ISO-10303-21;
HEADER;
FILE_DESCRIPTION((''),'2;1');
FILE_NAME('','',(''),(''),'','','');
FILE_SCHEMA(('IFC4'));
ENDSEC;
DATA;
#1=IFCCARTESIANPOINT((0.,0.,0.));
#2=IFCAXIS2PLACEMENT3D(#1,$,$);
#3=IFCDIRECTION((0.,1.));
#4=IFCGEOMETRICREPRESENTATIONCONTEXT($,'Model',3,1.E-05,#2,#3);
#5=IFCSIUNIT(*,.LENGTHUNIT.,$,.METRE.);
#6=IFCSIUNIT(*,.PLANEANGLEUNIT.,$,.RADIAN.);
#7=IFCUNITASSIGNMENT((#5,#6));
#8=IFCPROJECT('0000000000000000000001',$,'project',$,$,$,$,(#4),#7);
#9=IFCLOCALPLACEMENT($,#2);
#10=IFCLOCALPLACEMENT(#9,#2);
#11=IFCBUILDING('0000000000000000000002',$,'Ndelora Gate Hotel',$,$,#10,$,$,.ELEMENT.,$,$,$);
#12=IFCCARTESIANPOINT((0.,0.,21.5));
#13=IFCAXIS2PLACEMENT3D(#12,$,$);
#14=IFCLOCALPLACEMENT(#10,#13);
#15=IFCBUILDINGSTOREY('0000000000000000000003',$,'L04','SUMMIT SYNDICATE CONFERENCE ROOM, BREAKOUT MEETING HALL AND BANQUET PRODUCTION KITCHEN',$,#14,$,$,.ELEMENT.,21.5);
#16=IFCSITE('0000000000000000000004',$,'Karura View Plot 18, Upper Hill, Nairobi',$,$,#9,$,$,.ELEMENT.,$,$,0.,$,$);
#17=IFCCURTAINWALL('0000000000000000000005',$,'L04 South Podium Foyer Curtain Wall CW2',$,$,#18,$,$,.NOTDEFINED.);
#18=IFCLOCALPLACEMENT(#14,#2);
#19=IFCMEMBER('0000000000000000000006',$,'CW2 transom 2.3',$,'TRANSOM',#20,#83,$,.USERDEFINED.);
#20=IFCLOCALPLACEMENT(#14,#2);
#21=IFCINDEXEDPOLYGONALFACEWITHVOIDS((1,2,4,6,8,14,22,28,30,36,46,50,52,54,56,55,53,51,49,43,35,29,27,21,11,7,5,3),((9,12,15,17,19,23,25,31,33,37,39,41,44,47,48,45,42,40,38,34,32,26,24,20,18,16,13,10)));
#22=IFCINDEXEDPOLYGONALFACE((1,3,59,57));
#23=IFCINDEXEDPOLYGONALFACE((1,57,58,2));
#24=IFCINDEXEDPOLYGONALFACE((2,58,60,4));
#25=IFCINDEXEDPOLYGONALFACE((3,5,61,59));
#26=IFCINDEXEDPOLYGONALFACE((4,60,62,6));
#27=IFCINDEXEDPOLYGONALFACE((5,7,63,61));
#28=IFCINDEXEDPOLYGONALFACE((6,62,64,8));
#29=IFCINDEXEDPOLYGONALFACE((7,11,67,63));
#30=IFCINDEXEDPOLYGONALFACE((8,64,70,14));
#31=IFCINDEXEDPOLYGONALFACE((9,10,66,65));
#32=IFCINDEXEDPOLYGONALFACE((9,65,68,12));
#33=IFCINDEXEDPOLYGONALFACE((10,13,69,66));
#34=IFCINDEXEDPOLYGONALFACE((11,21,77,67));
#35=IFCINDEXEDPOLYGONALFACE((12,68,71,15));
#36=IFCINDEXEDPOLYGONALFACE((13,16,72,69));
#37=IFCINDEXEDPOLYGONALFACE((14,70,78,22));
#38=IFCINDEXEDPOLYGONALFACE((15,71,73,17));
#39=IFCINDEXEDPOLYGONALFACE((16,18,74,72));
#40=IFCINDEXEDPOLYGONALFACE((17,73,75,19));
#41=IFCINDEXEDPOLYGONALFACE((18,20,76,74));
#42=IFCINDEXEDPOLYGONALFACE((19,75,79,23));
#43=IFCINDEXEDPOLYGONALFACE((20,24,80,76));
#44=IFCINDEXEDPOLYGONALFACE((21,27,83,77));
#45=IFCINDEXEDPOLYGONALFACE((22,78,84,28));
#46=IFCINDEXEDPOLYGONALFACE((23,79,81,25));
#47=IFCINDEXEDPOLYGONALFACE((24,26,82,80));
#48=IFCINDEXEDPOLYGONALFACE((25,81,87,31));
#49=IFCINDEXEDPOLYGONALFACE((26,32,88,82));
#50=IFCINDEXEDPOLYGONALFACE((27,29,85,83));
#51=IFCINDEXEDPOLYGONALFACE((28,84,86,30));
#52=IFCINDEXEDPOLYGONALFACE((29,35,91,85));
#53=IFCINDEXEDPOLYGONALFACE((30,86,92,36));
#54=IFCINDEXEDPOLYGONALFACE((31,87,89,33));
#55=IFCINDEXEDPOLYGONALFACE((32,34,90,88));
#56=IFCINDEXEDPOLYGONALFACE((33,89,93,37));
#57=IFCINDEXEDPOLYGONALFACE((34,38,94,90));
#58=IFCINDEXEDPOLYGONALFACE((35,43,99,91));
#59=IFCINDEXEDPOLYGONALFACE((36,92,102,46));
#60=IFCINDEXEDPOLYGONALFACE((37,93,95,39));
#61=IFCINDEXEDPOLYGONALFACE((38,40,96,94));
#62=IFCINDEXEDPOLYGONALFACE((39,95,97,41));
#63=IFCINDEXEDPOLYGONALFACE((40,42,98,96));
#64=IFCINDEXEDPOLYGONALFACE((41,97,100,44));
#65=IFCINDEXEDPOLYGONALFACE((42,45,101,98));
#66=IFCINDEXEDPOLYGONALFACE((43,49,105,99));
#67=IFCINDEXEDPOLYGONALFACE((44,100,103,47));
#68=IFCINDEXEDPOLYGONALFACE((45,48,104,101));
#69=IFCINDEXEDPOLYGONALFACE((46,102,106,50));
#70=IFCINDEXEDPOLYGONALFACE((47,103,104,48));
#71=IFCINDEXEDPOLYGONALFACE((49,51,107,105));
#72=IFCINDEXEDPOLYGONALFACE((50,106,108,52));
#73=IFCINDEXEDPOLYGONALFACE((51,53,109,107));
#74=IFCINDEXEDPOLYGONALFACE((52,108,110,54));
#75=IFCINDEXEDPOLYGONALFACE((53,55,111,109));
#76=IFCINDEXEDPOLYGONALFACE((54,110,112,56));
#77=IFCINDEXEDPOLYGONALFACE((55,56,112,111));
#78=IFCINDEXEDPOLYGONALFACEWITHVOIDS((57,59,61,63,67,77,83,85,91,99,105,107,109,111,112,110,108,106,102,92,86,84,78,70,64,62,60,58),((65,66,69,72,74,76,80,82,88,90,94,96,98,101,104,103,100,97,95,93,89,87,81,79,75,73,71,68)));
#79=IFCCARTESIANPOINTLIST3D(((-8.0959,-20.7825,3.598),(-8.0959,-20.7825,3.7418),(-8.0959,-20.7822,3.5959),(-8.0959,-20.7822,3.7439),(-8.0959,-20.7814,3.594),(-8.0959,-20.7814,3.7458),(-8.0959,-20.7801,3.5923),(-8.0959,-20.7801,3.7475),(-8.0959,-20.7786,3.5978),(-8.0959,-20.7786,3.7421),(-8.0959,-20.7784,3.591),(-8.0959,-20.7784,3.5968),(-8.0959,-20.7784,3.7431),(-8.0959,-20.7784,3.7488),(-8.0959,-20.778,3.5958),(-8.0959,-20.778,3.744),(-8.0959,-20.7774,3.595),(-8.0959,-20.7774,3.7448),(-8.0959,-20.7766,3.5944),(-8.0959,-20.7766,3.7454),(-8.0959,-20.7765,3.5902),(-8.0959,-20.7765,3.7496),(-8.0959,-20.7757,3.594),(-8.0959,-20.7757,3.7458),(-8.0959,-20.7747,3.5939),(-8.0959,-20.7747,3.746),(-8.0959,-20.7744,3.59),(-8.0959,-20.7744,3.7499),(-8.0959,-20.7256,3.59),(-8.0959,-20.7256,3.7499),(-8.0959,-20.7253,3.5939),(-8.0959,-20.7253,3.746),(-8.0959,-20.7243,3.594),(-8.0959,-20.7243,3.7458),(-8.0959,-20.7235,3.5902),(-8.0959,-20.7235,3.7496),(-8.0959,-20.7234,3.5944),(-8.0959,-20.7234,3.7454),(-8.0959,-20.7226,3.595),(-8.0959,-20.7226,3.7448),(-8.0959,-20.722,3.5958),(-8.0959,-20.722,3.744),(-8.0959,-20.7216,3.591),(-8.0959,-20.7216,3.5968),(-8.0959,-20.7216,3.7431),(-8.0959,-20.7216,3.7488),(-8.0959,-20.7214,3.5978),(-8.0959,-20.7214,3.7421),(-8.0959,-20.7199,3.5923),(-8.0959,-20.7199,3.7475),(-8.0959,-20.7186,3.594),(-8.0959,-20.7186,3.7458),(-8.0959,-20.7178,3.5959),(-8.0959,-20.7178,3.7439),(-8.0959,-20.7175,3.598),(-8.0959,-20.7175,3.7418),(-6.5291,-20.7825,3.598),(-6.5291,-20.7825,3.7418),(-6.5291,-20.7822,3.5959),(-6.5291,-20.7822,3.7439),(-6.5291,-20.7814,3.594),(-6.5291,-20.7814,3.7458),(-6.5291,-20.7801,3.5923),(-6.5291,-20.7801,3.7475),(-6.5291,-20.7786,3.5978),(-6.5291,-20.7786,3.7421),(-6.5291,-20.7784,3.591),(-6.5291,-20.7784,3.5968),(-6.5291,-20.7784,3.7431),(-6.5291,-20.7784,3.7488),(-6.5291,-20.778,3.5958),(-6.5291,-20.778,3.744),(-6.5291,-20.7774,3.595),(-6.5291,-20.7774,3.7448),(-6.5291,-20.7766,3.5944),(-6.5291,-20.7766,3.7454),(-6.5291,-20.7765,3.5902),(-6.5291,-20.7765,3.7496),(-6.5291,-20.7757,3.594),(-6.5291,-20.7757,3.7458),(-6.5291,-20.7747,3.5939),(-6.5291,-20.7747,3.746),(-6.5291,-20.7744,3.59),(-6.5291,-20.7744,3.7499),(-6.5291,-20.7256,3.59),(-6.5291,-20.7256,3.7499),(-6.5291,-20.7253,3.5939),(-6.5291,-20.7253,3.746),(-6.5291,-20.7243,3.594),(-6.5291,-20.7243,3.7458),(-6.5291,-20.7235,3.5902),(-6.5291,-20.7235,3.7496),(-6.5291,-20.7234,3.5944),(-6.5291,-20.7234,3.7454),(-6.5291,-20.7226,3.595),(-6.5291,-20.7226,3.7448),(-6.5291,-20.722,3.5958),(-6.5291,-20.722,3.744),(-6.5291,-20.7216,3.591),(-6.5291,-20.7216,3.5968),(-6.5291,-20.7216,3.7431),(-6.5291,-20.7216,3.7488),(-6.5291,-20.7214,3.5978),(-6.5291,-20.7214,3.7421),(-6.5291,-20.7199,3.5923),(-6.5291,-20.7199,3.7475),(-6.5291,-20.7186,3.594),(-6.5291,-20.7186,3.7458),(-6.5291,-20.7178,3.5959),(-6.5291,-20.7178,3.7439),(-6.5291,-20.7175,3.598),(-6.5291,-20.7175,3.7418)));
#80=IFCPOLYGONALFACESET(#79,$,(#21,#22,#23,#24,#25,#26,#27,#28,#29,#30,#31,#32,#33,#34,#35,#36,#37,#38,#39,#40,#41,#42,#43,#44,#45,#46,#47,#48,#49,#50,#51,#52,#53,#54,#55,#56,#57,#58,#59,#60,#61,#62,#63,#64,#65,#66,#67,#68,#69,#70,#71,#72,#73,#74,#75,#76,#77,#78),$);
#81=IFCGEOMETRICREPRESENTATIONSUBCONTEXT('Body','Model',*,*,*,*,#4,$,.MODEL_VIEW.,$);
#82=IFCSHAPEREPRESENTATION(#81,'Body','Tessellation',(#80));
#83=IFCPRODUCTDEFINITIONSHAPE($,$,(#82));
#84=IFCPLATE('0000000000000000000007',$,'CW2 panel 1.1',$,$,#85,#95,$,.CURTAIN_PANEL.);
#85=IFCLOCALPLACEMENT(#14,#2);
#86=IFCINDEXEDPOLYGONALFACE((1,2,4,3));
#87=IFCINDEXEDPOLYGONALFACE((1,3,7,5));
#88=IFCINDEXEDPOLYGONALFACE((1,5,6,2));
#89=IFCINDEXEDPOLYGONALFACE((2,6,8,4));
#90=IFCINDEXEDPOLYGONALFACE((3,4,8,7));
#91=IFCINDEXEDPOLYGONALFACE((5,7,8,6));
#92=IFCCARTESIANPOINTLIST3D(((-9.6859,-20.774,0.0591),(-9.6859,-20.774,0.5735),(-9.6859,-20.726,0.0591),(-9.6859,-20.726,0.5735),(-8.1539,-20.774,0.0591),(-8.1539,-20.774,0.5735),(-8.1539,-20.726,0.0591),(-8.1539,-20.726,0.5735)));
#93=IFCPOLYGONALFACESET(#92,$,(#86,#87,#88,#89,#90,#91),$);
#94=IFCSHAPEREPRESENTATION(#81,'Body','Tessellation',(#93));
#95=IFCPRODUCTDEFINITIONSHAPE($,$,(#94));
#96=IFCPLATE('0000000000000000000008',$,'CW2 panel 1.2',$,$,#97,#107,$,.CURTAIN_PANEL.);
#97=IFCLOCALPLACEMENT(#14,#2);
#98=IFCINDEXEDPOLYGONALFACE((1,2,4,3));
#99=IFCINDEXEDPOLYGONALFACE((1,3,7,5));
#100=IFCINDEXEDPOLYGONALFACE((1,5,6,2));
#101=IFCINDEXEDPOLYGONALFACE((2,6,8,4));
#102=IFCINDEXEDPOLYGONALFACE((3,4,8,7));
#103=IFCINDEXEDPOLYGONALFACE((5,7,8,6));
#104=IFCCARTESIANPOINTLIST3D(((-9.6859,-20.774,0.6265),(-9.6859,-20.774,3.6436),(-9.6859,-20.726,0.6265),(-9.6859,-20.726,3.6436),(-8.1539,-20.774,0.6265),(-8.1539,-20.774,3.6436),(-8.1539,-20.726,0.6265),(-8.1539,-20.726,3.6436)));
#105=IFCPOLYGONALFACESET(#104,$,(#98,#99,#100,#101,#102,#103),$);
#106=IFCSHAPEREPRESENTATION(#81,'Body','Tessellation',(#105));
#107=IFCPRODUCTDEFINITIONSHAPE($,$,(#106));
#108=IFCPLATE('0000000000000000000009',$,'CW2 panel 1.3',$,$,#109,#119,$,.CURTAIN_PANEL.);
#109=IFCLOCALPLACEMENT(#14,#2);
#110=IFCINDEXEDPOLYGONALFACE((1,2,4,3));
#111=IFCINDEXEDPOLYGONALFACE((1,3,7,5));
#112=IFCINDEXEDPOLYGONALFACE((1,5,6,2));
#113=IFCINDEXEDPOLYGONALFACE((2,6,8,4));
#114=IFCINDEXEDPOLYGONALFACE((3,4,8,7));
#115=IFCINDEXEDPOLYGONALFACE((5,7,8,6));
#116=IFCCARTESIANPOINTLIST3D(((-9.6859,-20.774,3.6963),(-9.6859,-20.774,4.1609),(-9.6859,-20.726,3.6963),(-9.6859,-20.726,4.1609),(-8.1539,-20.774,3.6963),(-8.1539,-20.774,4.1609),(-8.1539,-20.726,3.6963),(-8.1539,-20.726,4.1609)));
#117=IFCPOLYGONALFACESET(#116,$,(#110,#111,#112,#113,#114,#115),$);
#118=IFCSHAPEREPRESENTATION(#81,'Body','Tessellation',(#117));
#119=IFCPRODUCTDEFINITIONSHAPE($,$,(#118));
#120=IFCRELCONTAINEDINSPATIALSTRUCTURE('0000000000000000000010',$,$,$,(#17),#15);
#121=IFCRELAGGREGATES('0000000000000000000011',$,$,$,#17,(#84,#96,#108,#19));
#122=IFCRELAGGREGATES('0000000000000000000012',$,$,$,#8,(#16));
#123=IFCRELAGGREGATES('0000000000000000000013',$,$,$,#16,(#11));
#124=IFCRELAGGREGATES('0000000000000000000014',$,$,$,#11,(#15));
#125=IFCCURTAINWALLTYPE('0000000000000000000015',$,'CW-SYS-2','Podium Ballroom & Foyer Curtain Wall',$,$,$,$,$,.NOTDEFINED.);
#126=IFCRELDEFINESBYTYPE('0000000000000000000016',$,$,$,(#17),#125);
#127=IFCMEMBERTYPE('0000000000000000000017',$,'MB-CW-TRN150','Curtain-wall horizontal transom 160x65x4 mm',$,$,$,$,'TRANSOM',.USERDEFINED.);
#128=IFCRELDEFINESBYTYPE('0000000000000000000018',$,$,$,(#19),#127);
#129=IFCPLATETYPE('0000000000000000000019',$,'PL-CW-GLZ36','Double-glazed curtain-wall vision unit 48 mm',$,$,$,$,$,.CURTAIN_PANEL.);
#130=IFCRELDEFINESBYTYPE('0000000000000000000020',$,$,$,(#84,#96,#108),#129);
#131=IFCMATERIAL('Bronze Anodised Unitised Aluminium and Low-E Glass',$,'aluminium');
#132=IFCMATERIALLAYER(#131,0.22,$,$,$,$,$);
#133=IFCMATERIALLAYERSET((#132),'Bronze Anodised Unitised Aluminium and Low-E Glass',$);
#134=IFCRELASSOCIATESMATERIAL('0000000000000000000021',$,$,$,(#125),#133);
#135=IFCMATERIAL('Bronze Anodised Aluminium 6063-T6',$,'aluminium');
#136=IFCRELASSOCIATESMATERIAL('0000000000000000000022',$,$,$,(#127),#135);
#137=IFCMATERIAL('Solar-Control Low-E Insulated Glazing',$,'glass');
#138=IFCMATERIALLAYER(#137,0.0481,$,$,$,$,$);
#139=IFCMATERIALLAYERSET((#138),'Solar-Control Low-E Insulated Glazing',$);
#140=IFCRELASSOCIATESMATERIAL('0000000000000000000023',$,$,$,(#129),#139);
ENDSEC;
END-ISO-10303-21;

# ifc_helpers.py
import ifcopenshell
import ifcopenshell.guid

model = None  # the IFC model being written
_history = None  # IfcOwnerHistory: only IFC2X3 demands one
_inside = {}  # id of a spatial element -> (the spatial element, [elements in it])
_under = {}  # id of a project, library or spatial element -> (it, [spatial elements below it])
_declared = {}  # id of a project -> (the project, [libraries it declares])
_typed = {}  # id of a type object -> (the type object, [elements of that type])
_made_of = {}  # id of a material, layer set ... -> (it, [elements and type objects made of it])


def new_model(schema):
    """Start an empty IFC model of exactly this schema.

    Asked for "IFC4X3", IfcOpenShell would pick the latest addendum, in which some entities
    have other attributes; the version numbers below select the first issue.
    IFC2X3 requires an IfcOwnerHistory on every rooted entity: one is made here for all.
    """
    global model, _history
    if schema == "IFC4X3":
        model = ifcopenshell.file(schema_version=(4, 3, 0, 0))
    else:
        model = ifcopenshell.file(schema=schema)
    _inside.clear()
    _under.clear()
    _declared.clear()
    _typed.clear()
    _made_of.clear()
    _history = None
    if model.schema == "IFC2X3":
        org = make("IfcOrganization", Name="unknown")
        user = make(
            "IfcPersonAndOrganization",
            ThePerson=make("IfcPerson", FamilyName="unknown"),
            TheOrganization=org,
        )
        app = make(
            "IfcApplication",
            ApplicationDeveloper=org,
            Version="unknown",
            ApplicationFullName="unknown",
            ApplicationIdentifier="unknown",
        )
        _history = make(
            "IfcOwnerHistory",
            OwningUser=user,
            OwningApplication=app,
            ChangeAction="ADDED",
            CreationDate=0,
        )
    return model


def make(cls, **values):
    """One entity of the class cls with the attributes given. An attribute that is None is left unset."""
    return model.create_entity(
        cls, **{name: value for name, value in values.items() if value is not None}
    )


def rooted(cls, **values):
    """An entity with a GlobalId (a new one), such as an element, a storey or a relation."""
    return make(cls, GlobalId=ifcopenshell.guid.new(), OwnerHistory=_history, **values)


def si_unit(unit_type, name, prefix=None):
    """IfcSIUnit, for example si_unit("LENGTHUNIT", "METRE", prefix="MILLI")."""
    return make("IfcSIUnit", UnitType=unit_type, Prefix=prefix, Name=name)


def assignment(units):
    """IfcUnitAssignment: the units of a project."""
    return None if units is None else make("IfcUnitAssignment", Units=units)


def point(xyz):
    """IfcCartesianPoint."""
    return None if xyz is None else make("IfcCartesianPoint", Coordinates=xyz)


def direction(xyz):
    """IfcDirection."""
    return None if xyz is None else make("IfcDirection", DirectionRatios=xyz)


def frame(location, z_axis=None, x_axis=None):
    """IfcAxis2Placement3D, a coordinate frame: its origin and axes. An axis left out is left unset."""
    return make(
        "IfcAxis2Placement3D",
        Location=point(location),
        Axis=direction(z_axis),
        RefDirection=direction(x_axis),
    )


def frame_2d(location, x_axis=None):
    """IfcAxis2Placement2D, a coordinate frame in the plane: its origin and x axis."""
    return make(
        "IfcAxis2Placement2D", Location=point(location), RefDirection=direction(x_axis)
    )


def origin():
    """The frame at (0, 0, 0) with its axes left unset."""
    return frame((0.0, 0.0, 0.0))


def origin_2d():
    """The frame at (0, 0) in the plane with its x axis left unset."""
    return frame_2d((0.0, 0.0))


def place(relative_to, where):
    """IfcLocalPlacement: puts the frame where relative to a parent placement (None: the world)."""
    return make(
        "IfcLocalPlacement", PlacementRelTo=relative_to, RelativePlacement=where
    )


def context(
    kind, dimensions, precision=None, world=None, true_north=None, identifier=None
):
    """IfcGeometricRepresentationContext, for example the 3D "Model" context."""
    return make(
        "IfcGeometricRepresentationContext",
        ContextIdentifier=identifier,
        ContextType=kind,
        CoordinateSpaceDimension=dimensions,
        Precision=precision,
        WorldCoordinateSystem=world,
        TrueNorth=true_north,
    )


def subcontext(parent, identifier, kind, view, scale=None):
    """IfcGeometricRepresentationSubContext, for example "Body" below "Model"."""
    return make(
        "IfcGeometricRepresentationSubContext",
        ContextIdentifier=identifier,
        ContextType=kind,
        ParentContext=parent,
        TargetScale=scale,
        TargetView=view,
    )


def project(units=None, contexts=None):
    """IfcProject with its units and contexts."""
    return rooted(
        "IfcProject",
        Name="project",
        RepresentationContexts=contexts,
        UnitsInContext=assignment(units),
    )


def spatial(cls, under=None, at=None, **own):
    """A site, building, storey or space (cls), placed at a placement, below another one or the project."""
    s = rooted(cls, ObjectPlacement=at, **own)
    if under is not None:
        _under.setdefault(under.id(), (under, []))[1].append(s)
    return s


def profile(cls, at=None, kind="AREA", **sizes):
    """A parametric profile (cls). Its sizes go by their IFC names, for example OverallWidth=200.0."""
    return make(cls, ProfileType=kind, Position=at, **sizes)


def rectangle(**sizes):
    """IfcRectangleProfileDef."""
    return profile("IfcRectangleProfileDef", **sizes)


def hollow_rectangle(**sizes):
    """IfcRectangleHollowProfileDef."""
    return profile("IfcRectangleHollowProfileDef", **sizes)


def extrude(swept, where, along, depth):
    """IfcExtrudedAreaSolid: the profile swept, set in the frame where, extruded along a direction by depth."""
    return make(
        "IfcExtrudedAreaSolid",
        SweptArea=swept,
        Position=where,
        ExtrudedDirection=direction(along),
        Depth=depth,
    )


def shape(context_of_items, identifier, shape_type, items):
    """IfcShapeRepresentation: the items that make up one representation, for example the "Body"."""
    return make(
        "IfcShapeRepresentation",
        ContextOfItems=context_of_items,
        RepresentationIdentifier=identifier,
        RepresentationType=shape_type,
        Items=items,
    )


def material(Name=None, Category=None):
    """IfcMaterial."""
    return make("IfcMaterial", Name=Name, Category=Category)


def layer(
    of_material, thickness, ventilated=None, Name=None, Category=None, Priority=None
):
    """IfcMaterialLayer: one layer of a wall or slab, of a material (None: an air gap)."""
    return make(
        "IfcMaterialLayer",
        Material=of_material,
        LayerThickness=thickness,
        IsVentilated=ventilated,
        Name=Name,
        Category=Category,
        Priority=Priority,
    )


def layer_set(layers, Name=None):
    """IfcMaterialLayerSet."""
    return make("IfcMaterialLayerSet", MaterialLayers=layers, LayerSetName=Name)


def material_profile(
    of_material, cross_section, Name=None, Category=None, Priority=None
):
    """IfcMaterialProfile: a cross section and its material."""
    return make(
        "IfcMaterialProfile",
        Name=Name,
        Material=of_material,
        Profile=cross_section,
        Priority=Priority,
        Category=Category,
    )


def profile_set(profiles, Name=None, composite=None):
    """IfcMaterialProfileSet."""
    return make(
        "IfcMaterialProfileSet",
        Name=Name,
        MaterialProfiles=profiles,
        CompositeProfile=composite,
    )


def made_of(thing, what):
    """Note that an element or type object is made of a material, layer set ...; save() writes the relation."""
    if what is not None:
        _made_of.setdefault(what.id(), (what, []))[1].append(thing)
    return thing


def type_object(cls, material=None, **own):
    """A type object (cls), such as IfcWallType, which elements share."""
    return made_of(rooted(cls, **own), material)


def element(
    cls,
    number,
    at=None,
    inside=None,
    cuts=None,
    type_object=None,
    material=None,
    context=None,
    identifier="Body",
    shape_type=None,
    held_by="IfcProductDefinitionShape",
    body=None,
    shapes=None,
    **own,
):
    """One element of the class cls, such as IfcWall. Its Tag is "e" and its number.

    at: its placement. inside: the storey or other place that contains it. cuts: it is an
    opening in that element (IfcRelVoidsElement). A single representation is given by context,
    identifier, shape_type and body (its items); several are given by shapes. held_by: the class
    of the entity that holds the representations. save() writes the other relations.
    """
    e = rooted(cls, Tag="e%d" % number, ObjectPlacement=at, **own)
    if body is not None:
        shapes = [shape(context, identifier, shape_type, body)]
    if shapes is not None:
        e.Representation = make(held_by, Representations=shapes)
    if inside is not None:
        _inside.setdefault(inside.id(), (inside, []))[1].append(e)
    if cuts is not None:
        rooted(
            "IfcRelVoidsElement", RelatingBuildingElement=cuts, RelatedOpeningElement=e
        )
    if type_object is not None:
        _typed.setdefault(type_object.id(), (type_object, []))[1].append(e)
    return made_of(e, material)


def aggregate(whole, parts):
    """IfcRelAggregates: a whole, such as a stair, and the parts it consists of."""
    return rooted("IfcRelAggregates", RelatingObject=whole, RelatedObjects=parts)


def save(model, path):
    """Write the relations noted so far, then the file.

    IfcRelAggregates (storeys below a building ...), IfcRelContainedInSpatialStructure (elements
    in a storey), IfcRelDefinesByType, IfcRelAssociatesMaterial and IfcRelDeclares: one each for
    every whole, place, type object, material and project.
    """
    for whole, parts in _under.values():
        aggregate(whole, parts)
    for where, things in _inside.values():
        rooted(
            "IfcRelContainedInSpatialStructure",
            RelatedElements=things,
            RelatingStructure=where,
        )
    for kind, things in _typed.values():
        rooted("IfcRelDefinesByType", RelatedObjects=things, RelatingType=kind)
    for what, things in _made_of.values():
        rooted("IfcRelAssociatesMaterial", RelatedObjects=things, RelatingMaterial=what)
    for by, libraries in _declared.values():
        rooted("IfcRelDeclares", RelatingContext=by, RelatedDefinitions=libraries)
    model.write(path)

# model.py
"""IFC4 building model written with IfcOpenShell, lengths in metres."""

from ifc_helpers import new_model, si_unit, direction, frame, origin, origin_2d, place, context, subcontext, project, spatial, rectangle, hollow_rectangle, extrude, material, layer, layer_set, material_profile, profile_set, type_object, element, aggregate, save


model = new_model("IFC4")

# Units and contexts
model_context = context("Model", 3, precision=1e-05, world=origin(), true_north=direction((0.0, 1.0)))
body_context = subcontext(model_context, "Body", "Model", "MODEL_VIEW")
ifc_project = project(units=[si_unit("LENGTHUNIT", "METRE"), si_unit("PLANEANGLEUNIT", "RADIAN")], contexts=[model_context])

# Site, building, storey
site_placement = place(None, origin())
site = spatial("IfcSite", under=ifc_project, at=site_placement, Name="Karura View Plot 18, Upper Hill, Nairobi", CompositionType="ELEMENT", RefElevation=0.0)
building_placement = place(site_placement, origin())
building = spatial("IfcBuilding", under=site, at=building_placement, Name="Ndelora Gate Hotel", CompositionType="ELEMENT")
storey_placement = place(building_placement, frame((0.0, 0.0, 21.5)))
storey = spatial("IfcBuildingStorey", under=building, at=storey_placement, Name="L04", Description="SUMMIT SYNDICATE CONFERENCE ROOM, BREAKOUT MEETING HALL AND BANQUET PRODUCTION KITCHEN", CompositionType="ELEMENT", Elevation=21.5)

# Curtain wall, member, plates
ifc_material_1 = material(Name="Bronze Anodised Unitised Aluminium and Low-E Glass", Category="aluminium")
ifc_layer_1 = layer(ifc_material_1, 0.22)
ifc_layer_set_1 = layer_set([ifc_layer_1], Name="Bronze Anodised Unitised Aluminium and Low-E Glass")
curtain_wall_type = type_object("IfcCurtainWallType", Name="CW-SYS-2", Description="Podium Ballroom & Foyer Curtain Wall", PredefinedType="NOTDEFINED", material=ifc_layer_set_1)
curtain_wall_placement = place(storey_placement, origin())
curtain_wall = element("IfcCurtainWall", 1, at=curtain_wall_placement, inside=storey, type_object=curtain_wall_type, Name="L04 South Podium Foyer Curtain Wall CW2", PredefinedType="NOTDEFINED")
ifc_material_2 = material(Name="Bronze Anodised Aluminium 6063-T6", Category="aluminium")
ifc_material_profile_1 = material_profile(ifc_material_2, hollow_rectangle(XDim=0.0649, YDim=0.1599, WallThickness=0.0039, InnerFilletRadius=0.0039, OuterFilletRadius=0.0081, at=origin_2d()), Name="ALU 160x65x4")
ifc_profile_set_1 = profile_set([ifc_material_profile_1], Name="Bronze Anodised Aluminium 6063-T6")
member_type_1 = type_object("IfcMemberType", Name="MB-CW-TRN150", Description="Curtain-wall horizontal transom 160x65x4 mm", ElementType="TRANSOM", PredefinedType="USERDEFINED", material=ifc_profile_set_1)
member_1_placement = place(storey_placement, frame((-8.0959, -20.75, 3.6699), z_axis=(1.0, 0.0, 0.0), x_axis=(0.0, 1.0, 0.0)))
member_1 = element("IfcMember", 2, at=member_1_placement, type_object=member_type_1, Name="CW2 transom 2.3", ObjectType="TRANSOM", PredefinedType="USERDEFINED", context=body_context, shape_type="SweptSolid", body=[
    extrude(hollow_rectangle(XDim=0.0649, YDim=0.1599, WallThickness=0.0039, InnerFilletRadius=0.0039, OuterFilletRadius=0.0081, at=origin_2d()), origin(), (0.0, 0.0, 1.0), 1.5669),
])
ifc_material_3 = material(Name="Solar-Control Low-E Insulated Glazing", Category="glass")
ifc_layer_2 = layer(ifc_material_3, 0.0481)
ifc_layer_set_2 = layer_set([ifc_layer_2], Name="Solar-Control Low-E Insulated Glazing")
plate_type = type_object("IfcPlateType", Name="PL-CW-GLZ36", Description="Double-glazed curtain-wall vision unit 48 mm", PredefinedType="CURTAIN_PANEL", material=ifc_layer_set_2)
plate_1_placement = place(storey_placement, frame((-8.9199, -20.75, 0.0591), z_axis=(0.0, 0.0, 1.0), x_axis=(1.0, 0.0, 0.0)))
plate_1 = element("IfcPlate", 3, at=plate_1_placement, type_object=plate_type, Name="CW2 panel 1.1", PredefinedType="CURTAIN_PANEL", context=body_context, shape_type="SweptSolid", body=[
    extrude(rectangle(XDim=1.532, YDim=0.0481, at=origin_2d()), origin(), (0.0, 0.0, 1.0), 0.5144),
])
plate_2_placement = place(storey_placement, frame((-8.9199, -20.75, 0.6265), z_axis=(0.0, 0.0, 1.0), x_axis=(1.0, 0.0, 0.0)))
plate_2 = element("IfcPlate", 4, at=plate_2_placement, type_object=plate_type, Name="CW2 panel 1.2", PredefinedType="CURTAIN_PANEL", context=body_context, shape_type="SweptSolid", body=[
    extrude(rectangle(XDim=1.532, YDim=0.0481, at=origin_2d()), origin(), (0.0, 0.0, 1.0), 3.0171),
])
plate_3_placement = place(storey_placement, frame((-8.9199, -20.75, 3.6963), z_axis=(0.0, 0.0, 1.0), x_axis=(1.0, 0.0, 0.0)))
plate_3 = element("IfcPlate", 5, at=plate_3_placement, type_object=plate_type, Name="CW2 panel 1.3", PredefinedType="CURTAIN_PANEL", context=body_context, shape_type="SweptSolid", body=[
    extrude(rectangle(XDim=1.532, YDim=0.0481, at=origin_2d()), origin(), (0.0, 0.0, 1.0), 0.4646),
])
aggregate(curtain_wall, [plate_1, plate_2, plate_3, member_1])

save(model, "model.ifc")
